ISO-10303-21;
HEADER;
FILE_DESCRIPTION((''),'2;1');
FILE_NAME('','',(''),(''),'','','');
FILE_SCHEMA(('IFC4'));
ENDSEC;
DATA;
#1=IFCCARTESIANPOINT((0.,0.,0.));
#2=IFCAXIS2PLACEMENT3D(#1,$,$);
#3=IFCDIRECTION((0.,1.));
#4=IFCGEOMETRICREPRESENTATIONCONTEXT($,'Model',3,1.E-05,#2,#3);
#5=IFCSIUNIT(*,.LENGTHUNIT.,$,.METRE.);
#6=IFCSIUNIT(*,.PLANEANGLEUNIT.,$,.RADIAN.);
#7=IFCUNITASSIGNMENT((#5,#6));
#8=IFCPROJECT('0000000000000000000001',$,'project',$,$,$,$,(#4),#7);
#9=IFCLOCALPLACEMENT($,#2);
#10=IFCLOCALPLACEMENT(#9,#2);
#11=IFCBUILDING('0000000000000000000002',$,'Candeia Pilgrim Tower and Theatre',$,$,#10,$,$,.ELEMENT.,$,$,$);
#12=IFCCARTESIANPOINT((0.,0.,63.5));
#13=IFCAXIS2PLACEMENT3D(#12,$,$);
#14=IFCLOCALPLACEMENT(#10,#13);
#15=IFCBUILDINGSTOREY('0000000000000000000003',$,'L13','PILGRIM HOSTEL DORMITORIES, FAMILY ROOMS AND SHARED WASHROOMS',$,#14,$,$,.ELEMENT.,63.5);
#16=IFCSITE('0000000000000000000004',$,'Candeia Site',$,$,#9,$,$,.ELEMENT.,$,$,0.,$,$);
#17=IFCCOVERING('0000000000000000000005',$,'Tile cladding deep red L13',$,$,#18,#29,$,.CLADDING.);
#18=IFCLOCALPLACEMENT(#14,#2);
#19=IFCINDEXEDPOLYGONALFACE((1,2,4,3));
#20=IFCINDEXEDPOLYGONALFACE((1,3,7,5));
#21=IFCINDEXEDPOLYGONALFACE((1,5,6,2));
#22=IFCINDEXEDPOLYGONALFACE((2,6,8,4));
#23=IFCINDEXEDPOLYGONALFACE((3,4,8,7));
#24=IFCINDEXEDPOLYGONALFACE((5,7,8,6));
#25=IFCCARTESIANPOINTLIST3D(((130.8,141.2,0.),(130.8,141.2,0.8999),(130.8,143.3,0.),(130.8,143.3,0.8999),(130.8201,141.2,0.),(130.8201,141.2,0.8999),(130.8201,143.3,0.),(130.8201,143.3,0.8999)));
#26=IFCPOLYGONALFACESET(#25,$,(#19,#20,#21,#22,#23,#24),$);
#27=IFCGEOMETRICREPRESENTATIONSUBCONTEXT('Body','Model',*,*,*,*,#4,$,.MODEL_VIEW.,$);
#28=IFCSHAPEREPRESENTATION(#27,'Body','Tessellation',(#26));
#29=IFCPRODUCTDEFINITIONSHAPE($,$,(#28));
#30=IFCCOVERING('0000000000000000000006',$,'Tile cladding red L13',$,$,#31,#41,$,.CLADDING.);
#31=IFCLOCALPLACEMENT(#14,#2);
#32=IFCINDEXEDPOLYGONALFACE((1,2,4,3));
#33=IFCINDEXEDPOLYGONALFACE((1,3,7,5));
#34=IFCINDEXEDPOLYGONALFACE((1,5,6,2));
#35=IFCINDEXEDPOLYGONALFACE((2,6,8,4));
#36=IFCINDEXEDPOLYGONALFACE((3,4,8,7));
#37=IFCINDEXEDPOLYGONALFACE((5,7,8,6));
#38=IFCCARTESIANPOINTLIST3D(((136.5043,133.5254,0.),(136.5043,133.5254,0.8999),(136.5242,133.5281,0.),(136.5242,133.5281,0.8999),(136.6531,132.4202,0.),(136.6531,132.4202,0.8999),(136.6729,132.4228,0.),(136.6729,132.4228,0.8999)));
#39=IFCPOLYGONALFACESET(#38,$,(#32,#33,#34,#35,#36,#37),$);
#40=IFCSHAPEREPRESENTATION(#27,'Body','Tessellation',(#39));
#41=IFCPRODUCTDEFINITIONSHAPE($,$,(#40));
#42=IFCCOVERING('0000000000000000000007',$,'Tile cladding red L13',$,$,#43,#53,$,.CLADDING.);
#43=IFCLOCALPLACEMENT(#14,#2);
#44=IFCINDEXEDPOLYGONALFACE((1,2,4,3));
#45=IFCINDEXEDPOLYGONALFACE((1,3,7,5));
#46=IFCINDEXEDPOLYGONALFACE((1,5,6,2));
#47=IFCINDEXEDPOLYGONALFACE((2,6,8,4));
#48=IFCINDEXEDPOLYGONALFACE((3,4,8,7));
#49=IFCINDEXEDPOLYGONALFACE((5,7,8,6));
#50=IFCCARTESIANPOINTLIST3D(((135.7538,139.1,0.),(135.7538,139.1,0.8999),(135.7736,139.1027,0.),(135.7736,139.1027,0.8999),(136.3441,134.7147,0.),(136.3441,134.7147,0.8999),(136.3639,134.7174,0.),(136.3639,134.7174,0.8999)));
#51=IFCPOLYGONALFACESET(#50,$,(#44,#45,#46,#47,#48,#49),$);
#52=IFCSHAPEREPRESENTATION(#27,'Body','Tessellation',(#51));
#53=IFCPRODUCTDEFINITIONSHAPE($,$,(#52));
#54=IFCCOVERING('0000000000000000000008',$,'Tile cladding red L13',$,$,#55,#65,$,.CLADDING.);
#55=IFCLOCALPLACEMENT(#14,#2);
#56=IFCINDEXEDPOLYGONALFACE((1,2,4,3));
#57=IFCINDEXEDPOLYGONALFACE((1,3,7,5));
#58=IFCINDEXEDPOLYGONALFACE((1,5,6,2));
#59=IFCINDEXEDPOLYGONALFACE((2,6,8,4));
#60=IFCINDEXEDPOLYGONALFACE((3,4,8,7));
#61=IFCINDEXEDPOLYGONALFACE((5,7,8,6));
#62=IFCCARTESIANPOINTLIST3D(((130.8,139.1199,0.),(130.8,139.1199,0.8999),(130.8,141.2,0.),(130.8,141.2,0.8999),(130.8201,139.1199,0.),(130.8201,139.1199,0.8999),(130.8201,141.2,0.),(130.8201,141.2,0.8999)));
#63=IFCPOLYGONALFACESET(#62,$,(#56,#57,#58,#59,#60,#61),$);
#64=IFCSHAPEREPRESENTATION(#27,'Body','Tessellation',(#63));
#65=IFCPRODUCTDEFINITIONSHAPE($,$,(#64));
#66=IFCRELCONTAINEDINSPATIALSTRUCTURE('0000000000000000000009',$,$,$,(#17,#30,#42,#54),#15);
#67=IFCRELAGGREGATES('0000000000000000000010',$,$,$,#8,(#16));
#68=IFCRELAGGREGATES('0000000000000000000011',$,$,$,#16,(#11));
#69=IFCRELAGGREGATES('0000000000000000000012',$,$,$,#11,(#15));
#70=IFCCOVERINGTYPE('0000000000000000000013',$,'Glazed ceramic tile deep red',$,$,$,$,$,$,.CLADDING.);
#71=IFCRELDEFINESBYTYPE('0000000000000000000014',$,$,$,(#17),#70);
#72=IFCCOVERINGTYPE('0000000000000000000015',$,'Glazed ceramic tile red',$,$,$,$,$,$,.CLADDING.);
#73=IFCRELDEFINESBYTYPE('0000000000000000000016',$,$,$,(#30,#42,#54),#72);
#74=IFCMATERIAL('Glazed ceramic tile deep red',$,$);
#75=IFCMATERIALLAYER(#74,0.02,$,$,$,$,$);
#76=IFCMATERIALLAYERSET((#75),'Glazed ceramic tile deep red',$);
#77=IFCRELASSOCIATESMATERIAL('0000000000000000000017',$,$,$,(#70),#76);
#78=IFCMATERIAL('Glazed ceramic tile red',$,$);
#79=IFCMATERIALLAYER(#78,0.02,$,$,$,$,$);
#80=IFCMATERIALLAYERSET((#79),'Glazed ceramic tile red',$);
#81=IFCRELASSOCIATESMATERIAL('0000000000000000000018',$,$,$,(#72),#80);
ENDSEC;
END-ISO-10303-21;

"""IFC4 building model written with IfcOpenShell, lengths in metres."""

from ifc_helpers import new_model, si_unit, direction, frame, origin, origin_2d, place, context, subcontext, project, spatial, rectangle, extrude, material, layer, layer_set, type_object, element, save


model = new_model("IFC4")

# Units and contexts
model_context = context("Model", 3, precision=1e-05, world=origin(), true_north=direction((0.0, 1.0)))
body_context = subcontext(model_context, "Body", "Model", "MODEL_VIEW")
ifc_project = project(units=[si_unit("LENGTHUNIT", "METRE"), si_unit("PLANEANGLEUNIT", "RADIAN")], contexts=[model_context])

# Site, building, storey
site_placement = place(None, origin())
site = spatial("IfcSite", under=ifc_project, at=site_placement, Name="Candeia Site", CompositionType="ELEMENT", RefElevation=0.0)
building_placement = place(site_placement, origin())
building = spatial("IfcBuilding", under=site, at=building_placement, Name="Candeia Pilgrim Tower and Theatre", CompositionType="ELEMENT")
storey_placement = place(building_placement, frame((0.0, 0.0, 63.5)))
storey = spatial("IfcBuildingStorey", under=building, at=storey_placement, Name="L13", Description="PILGRIM HOSTEL DORMITORIES, FAMILY ROOMS AND SHARED WASHROOMS", CompositionType="ELEMENT", Elevation=63.5)

# Coverings
ifc_material_1 = material(Name="Glazed ceramic tile deep red")
ifc_layer_1 = layer(ifc_material_1, 0.02)
ifc_layer_set_1 = layer_set([ifc_layer_1], Name="Glazed ceramic tile deep red")
covering_type_1 = type_object("IfcCoveringType", Name="Glazed ceramic tile deep red", PredefinedType="CLADDING", material=ifc_layer_set_1)
covering_1_placement = place(storey_placement, frame((130.8101, 142.25, 0.0), z_axis=(0.0, 0.0, 1.0), x_axis=(0.0, 1.0, 0.0)))
element("IfcCovering", 1, at=covering_1_placement, inside=storey, type_object=covering_type_1, Name="Tile cladding deep red L13", PredefinedType="CLADDING", context=body_context, shape_type="SweptSolid", body=[
    extrude(rectangle(XDim=2.1001, YDim=0.02, at=origin_2d()), origin(), (0.0, 0.0, 1.0), 0.8999),
])
ifc_material_2 = material(Name="Glazed ceramic tile red")
ifc_layer_2 = layer(ifc_material_2, 0.02)
ifc_layer_set_2 = layer_set([ifc_layer_2], Name="Glazed ceramic tile red")
covering_type_2 = type_object("IfcCoveringType", Name="Glazed ceramic tile red", PredefinedType="CLADDING", material=ifc_layer_set_2)
covering_2_placement = place(storey_placement, frame((136.5886, 132.9741, 0.0), z_axis=(0.0, 0.0, 1.0), x_axis=(-0.133412, 0.991061, 0.0)))
element("IfcCovering", 2, at=covering_2_placement, inside=storey, type_object=covering_type_2, Name="Tile cladding red L13", PredefinedType="CLADDING", context=body_context, shape_type="SweptSolid", body=[
    extrude(rectangle(XDim=1.1152, YDim=0.02, at=origin_2d()), origin(), (0.0, 0.0, 1.0), 0.8999),
])
covering_3_placement = place(storey_placement, frame((136.0588, 136.9087, 0.0), z_axis=(0.0, 0.0, 1.0), x_axis=(-0.133412, 0.991061, 0.0)))
element("IfcCovering", 3, at=covering_3_placement, inside=storey, type_object=covering_type_2, Name="Tile cladding red L13", PredefinedType="CLADDING", context=body_context, shape_type="SweptSolid", body=[
    extrude(rectangle(XDim=4.4248, YDim=0.02, at=origin_2d()), origin(), (0.0, 0.0, 1.0), 0.8999),
])
covering_4_placement = place(storey_placement, frame((130.8101, 140.1599, 0.0), z_axis=(0.0, 0.0, 1.0), x_axis=(0.0, 1.0, 0.0)))
element("IfcCovering", 4, at=covering_4_placement, inside=storey, type_object=covering_type_2, Name="Tile cladding red L13", PredefinedType="CLADDING", context=body_context, shape_type="SweptSolid", body=[
    extrude(rectangle(XDim=2.0801, YDim=0.02, at=origin_2d()), origin(), (0.0, 0.0, 1.0), 0.8999),
])

save(model, "model.ifc")
